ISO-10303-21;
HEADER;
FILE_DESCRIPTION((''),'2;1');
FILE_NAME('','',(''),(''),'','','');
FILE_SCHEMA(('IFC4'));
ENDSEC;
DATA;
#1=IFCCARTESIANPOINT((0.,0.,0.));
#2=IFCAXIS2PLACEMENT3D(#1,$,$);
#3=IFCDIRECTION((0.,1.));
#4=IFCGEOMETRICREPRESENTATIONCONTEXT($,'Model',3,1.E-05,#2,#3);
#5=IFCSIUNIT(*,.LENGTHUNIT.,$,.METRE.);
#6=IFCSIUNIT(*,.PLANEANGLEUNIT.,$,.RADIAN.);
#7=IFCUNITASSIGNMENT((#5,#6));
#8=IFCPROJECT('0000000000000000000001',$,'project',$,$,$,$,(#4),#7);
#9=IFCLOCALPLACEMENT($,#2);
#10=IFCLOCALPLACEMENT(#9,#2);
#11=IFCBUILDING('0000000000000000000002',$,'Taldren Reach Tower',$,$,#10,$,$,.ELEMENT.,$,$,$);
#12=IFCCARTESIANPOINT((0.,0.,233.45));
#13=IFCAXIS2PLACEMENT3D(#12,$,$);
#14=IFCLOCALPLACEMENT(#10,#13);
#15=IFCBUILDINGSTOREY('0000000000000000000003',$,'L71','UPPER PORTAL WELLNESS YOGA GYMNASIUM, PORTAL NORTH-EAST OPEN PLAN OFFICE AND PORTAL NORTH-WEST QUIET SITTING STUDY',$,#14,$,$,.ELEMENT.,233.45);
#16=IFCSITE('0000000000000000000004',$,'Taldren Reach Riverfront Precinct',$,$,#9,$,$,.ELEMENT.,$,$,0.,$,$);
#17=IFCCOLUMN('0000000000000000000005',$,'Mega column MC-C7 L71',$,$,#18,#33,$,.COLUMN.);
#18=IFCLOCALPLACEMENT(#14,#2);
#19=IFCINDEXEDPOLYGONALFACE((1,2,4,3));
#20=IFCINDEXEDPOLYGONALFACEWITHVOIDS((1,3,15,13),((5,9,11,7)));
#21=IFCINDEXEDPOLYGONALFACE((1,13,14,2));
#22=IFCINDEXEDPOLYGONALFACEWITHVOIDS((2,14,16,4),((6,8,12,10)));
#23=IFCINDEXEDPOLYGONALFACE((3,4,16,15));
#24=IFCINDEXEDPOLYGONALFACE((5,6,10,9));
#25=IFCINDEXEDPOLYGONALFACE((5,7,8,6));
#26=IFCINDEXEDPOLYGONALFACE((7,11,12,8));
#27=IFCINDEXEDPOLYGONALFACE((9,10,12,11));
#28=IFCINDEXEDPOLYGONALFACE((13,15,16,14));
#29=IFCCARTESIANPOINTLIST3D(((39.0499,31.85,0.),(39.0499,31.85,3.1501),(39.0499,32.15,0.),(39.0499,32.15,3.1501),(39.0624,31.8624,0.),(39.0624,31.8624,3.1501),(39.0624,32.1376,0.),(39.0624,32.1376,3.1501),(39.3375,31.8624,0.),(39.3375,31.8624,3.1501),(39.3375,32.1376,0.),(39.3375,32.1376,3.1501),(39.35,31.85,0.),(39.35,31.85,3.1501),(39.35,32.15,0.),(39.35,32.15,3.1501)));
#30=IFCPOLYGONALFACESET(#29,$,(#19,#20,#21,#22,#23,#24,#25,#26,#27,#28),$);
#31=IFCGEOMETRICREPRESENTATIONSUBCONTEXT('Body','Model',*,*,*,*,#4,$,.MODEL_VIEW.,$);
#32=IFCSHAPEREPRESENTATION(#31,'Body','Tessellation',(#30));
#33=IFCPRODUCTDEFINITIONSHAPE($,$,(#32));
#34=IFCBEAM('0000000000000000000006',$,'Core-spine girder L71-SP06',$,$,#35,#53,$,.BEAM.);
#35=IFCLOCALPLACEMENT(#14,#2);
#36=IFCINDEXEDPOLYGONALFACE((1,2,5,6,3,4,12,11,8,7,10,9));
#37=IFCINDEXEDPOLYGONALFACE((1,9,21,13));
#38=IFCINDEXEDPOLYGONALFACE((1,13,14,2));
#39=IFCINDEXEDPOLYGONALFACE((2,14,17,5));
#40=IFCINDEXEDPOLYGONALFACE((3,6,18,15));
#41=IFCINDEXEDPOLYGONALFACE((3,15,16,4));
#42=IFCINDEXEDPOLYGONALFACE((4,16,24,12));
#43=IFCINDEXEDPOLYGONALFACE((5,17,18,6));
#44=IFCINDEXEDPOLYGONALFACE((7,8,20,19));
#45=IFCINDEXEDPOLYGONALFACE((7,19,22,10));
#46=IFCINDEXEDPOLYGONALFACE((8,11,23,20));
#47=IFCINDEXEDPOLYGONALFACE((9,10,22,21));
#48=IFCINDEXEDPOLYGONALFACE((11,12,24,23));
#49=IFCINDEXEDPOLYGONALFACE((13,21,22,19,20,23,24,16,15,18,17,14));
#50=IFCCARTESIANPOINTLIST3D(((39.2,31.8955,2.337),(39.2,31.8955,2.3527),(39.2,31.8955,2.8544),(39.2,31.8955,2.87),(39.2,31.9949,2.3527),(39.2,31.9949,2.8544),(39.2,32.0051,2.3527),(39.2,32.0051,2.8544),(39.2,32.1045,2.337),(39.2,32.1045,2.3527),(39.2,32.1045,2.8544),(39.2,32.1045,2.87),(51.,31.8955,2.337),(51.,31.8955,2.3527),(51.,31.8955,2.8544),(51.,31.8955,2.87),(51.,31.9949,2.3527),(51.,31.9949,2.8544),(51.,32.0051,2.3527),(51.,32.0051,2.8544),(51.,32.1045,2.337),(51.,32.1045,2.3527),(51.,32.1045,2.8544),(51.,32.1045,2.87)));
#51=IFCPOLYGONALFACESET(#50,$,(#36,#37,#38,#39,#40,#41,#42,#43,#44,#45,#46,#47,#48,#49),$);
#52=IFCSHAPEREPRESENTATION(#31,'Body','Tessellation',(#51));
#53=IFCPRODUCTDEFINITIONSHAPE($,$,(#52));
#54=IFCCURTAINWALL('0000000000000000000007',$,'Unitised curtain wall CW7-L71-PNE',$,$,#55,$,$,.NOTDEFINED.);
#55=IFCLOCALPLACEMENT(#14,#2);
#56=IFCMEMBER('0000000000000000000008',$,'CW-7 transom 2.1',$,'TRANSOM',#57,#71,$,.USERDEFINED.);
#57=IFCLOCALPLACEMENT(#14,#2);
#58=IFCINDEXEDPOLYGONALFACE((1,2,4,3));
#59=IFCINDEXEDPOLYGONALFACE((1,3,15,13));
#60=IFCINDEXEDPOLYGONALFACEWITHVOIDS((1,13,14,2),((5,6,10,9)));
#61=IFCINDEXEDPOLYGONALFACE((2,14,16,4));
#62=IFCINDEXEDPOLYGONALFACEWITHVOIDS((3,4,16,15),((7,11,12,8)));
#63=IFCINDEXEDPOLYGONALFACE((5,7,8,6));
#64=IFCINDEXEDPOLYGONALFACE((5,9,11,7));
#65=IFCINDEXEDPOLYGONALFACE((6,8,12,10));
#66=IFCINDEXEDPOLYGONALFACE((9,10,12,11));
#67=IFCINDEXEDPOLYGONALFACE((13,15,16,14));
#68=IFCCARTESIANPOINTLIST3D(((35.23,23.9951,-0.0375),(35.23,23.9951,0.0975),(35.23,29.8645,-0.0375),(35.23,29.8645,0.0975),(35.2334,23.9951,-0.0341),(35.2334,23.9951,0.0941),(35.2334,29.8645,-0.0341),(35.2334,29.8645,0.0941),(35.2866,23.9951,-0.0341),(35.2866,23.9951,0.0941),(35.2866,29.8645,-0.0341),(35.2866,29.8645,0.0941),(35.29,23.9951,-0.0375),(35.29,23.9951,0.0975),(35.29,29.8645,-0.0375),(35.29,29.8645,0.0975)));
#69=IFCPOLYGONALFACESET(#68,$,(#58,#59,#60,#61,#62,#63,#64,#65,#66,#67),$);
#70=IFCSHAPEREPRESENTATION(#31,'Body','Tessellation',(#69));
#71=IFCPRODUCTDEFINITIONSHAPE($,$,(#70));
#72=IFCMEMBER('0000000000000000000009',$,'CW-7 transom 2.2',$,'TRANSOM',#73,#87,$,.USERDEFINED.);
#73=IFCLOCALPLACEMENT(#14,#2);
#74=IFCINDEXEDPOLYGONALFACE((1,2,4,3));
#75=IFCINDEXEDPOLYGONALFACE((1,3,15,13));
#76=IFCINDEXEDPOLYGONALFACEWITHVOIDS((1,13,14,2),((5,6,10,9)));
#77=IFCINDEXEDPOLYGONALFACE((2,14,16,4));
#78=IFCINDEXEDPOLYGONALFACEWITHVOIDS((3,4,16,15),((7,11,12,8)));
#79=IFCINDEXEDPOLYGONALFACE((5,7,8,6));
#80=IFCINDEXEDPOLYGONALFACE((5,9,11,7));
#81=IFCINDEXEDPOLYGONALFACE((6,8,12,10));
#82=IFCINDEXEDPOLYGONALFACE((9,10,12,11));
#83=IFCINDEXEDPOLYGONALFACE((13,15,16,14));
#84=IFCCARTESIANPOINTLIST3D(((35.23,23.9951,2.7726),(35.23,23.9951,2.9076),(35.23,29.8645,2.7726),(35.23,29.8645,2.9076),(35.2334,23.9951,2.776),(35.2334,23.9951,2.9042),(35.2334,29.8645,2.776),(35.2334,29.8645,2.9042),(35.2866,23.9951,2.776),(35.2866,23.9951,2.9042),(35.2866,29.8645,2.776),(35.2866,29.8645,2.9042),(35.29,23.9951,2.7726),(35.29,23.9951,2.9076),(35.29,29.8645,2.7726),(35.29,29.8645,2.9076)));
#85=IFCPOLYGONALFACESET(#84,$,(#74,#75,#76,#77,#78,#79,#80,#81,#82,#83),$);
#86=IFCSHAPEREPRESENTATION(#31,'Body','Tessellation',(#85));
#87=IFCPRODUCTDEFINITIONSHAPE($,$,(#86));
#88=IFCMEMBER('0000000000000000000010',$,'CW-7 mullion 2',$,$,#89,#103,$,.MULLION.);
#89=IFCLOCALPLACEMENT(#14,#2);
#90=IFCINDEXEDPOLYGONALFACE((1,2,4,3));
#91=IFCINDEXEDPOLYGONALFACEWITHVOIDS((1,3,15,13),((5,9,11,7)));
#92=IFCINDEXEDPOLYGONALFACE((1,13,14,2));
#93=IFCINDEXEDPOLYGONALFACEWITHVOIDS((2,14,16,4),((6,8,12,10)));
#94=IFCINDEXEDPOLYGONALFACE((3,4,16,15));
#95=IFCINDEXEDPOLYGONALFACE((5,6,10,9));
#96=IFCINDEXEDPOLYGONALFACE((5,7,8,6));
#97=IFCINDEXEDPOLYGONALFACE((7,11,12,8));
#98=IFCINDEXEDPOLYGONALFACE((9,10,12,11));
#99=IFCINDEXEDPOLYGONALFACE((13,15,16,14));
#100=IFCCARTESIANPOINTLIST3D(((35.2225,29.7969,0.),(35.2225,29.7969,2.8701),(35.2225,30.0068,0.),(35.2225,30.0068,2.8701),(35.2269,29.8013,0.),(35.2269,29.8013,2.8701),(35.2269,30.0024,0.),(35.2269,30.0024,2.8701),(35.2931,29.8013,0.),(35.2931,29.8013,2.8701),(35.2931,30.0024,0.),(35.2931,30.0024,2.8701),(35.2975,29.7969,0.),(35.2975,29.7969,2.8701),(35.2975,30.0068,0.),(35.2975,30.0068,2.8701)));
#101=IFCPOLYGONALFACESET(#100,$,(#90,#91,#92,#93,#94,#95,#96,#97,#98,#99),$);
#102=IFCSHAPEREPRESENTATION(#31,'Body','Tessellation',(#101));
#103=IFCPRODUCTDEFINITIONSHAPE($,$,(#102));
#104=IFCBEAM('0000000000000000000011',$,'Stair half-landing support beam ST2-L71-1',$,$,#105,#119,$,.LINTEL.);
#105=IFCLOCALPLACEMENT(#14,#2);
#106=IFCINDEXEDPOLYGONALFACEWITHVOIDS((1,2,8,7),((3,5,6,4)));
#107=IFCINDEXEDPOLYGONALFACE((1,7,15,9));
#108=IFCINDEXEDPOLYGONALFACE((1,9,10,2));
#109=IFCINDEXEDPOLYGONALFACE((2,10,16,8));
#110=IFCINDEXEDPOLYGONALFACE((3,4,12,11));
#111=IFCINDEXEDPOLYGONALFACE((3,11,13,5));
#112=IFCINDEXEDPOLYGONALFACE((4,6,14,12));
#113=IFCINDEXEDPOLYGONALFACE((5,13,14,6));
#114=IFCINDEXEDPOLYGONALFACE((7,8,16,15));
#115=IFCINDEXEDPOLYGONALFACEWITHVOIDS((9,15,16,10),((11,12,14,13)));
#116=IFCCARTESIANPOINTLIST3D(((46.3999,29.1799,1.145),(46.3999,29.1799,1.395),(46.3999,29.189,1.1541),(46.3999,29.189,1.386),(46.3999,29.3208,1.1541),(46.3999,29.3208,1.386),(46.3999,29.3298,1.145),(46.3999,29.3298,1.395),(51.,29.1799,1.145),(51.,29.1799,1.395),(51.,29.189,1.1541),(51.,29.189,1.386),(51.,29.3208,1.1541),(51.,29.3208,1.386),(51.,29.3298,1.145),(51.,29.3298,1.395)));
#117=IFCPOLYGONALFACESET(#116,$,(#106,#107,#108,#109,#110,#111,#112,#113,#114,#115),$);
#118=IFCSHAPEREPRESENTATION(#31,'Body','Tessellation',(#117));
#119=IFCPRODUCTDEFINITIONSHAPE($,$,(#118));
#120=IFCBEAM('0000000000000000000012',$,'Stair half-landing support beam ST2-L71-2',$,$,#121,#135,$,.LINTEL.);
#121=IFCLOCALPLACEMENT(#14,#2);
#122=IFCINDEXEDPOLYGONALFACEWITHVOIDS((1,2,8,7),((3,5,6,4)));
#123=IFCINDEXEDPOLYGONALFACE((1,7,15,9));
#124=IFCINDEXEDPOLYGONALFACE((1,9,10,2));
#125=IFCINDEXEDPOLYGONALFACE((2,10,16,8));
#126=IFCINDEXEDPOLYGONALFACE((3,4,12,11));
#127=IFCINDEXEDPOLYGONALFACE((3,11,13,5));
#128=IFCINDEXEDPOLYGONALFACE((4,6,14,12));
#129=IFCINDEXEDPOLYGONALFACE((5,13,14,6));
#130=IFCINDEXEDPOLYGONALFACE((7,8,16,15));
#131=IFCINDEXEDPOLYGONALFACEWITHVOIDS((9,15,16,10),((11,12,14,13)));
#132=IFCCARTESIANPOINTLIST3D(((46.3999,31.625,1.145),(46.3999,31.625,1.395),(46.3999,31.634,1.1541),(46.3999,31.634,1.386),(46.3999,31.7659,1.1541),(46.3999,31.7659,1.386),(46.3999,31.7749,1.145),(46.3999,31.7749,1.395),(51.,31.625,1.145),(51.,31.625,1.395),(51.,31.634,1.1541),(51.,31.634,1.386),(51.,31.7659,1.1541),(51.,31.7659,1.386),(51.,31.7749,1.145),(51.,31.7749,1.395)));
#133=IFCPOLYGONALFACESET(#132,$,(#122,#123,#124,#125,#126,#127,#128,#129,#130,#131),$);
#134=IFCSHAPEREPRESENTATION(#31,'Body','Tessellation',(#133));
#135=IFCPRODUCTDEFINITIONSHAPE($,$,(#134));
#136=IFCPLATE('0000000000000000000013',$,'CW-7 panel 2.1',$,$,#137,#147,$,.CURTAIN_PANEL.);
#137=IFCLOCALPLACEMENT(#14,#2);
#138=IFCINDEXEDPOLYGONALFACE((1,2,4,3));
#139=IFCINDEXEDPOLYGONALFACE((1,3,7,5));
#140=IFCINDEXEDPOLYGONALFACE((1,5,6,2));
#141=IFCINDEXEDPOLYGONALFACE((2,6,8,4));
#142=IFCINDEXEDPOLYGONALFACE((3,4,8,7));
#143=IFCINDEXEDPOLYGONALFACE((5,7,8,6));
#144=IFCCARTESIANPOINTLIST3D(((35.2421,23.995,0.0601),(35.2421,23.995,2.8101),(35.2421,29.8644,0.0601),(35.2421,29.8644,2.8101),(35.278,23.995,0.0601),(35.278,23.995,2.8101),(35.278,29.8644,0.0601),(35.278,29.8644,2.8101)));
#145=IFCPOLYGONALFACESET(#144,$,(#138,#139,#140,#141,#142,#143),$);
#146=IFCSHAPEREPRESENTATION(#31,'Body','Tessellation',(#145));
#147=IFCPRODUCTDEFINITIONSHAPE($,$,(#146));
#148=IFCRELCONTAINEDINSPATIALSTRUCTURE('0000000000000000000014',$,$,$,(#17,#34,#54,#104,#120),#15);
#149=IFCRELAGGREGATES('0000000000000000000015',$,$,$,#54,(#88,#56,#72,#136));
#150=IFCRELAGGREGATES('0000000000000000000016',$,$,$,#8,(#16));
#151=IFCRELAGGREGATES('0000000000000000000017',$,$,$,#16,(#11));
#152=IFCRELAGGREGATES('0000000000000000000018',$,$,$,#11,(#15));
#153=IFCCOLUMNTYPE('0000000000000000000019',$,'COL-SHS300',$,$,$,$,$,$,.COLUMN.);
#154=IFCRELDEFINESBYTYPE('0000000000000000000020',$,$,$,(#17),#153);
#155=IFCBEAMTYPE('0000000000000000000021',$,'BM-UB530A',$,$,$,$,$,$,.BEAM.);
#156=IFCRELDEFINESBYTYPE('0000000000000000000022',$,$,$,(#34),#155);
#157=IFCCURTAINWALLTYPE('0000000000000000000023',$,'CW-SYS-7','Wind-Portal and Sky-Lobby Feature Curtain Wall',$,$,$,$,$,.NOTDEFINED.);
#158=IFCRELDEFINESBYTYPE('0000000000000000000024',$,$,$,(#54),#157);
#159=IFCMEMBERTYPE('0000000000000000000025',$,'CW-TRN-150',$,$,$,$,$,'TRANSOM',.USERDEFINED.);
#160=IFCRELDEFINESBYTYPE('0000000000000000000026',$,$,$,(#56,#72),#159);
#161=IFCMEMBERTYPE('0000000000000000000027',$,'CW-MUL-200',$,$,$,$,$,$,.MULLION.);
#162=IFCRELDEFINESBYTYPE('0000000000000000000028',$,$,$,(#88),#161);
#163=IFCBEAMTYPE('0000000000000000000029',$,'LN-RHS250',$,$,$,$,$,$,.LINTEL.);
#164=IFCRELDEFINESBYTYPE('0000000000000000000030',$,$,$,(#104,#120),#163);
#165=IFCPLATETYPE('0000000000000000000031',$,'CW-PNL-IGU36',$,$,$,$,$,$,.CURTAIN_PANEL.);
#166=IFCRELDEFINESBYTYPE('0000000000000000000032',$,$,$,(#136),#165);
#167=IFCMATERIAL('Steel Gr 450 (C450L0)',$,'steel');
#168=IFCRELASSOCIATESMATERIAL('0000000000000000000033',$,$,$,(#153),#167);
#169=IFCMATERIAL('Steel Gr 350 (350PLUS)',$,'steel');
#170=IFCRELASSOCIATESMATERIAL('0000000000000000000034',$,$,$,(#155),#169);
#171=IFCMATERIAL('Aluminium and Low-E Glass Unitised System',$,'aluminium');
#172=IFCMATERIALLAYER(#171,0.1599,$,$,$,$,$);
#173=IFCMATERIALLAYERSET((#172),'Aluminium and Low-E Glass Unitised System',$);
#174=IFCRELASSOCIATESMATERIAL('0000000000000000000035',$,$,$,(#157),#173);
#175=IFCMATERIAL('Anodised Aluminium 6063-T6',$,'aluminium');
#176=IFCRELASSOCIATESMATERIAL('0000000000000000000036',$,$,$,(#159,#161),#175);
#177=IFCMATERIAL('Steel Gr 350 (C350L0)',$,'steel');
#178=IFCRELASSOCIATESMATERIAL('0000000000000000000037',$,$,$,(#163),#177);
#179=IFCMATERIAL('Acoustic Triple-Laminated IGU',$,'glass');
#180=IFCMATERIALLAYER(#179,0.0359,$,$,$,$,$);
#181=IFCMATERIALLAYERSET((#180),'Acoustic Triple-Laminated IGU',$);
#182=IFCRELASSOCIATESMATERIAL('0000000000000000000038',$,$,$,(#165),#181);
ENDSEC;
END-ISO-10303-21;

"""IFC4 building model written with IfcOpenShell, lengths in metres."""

from ifc_helpers import new_model, si_unit, direction, frame, origin, origin_2d, place, context, subcontext, project, spatial, rectangle, hollow_rectangle, i_section, extrude, source, transform, mapped, material, layer, layer_set, material_profile, profile_set, type_object, element, aggregate, save


model = new_model("IFC4")

# Units and contexts
model_context = context("Model", 3, precision=1e-05, world=origin(), true_north=direction((0.0, 1.0)))
body_context = subcontext(model_context, "Body", "Model", "MODEL_VIEW")
ifc_project = project(units=[si_unit("LENGTHUNIT", "METRE"), si_unit("PLANEANGLEUNIT", "RADIAN")], contexts=[model_context])

# Site, building, storey
site_placement = place(None, origin())
site = spatial("IfcSite", under=ifc_project, at=site_placement, Name="Taldren Reach Riverfront Precinct", CompositionType="ELEMENT", RefElevation=0.0)
building_placement = place(site_placement, origin())
building = spatial("IfcBuilding", under=site, at=building_placement, Name="Taldren Reach Tower", CompositionType="ELEMENT")
storey_placement = place(building_placement, frame((0.0, 0.0, 233.45)))
storey = spatial("IfcBuildingStorey", under=building, at=storey_placement, Name="L71", Description="UPPER PORTAL WELLNESS YOGA GYMNASIUM, PORTAL NORTH-EAST OPEN PLAN OFFICE AND PORTAL NORTH-WEST QUIET SITTING STUDY", CompositionType="ELEMENT", Elevation=233.45)

# Column
ifc_material_1 = material(Name="Steel Gr 450 (C450L0)", Category="steel")
ifc_material_profile_1 = material_profile(ifc_material_1, hollow_rectangle(XDim=0.3, YDim=0.3, WallThickness=0.0125, at=origin_2d()), Name="300x300x12.5SHS")
ifc_profile_set_1 = profile_set([ifc_material_profile_1], Name="Steel Gr 450 (C450L0)")
column_type = type_object("IfcColumnType", Name="COL-SHS300", PredefinedType="COLUMN", material=ifc_profile_set_1)
shared_shape_1 = source(origin(), body_context, "Body", "SweptSolid", [
    extrude(hollow_rectangle(XDim=0.3, YDim=0.3, WallThickness=0.0125, at=origin_2d()), origin(), (0.0, 0.0, 1.0), 3.1501),
])
column_placement = place(storey_placement, frame((39.2, 32.0, 0.0), z_axis=(0.0, 0.0, 1.0), x_axis=(1.0, 0.0, 0.0)))
element("IfcColumn", 1, at=column_placement, inside=storey, type_object=column_type, Name="Mega column MC-C7 L71", PredefinedType="COLUMN", context=body_context, shape_type="MappedRepresentation", body=[
    mapped(shared_shape_1, transform((0.0, 0.0, 0.0), scale=1.0)),
])

# Beam
ifc_material_2 = material(Name="Steel Gr 350 (350PLUS)", Category="steel")
ifc_material_profile_2 = material_profile(ifc_material_2, i_section(OverallWidth=0.209, OverallDepth=0.533, WebThickness=0.0103, FlangeThickness=0.0156, at=origin_2d()), Name="530UB92.4")
ifc_profile_set_2 = profile_set([ifc_material_profile_2], Name="Steel Gr 350 (350PLUS)")
beam_type_1 = type_object("IfcBeamType", Name="BM-UB530A", PredefinedType="BEAM", material=ifc_profile_set_2)
shared_shape_2 = source(origin(), body_context, "Body", "SweptSolid", [
    extrude(i_section(OverallWidth=0.209, OverallDepth=0.533, WebThickness=0.0103, FlangeThickness=0.0156, at=origin_2d()), origin(), (0.0, 0.0, 1.0), 11.8),
])
beam_placement = place(storey_placement, frame((39.2, 32.0, 2.6035), z_axis=(1.0, 0.0, 0.0), x_axis=(0.0, 1.0, 0.0)))
element("IfcBeam", 2, at=beam_placement, inside=storey, type_object=beam_type_1, Name="Core-spine girder L71-SP06", PredefinedType="BEAM", context=body_context, shape_type="MappedRepresentation", body=[
    mapped(shared_shape_2, transform((0.0, 0.0, 0.0), scale=1.0)),
])

# Curtain wall, members
ifc_material_3 = material(Name="Aluminium and Low-E Glass Unitised System", Category="aluminium")
ifc_layer_1 = layer(ifc_material_3, 0.1599)
ifc_layer_set_1 = layer_set([ifc_layer_1], Name="Aluminium and Low-E Glass Unitised System")
curtain_wall_type = type_object("IfcCurtainWallType", Name="CW-SYS-7", Description="Wind-Portal and Sky-Lobby Feature Curtain Wall", PredefinedType="NOTDEFINED", material=ifc_layer_set_1)
curtain_wall_placement = place(storey_placement, origin())
curtain_wall = element("IfcCurtainWall", 3, at=curtain_wall_placement, inside=storey, type_object=curtain_wall_type, Name="Unitised curtain wall CW7-L71-PNE", PredefinedType="NOTDEFINED")
ifc_material_4 = material(Name="Anodised Aluminium 6063-T6", Category="aluminium")
ifc_material_profile_3 = material_profile(ifc_material_4, hollow_rectangle(XDim=0.0601, YDim=0.135, WallThickness=0.0034, at=origin_2d()), Name="ALU-135x60x3.5RHS")
ifc_profile_set_3 = profile_set([ifc_material_profile_3], Name="Anodised Aluminium 6063-T6")
member_type_1 = type_object("IfcMemberType", Name="CW-TRN-150", ElementType="TRANSOM", PredefinedType="USERDEFINED", material=ifc_profile_set_3)
shared_shape_3 = source(origin(), body_context, "Body", "SweptSolid", [
    extrude(hollow_rectangle(XDim=0.0601, YDim=0.135, WallThickness=0.0034, at=origin_2d()), origin(), (0.0, 0.0, 1.0), 5.8694),
])
member_1_placement = place(storey_placement, frame((35.26, 29.8645, 0.03), z_axis=(0.0, -1.0, 0.0), x_axis=(1.0, 0.0, 0.0)))
member_1 = element("IfcMember", 4, at=member_1_placement, type_object=member_type_1, Name="CW-7 transom 2.1", ObjectType="TRANSOM", PredefinedType="USERDEFINED", context=body_context, shape_type="MappedRepresentation", body=[
    mapped(shared_shape_3, transform((0.0, 0.0, 0.0), scale=1.0)),
])
member_2_placement = place(storey_placement, frame((35.26, 29.8645, 2.8401), z_axis=(0.0, -1.0, 0.0), x_axis=(1.0, 0.0, 0.0)))
member_2 = element("IfcMember", 5, at=member_2_placement, type_object=member_type_1, Name="CW-7 transom 2.2", ObjectType="TRANSOM", PredefinedType="USERDEFINED", context=body_context, shape_type="MappedRepresentation", body=[
    mapped(shared_shape_3, transform((0.0, 0.0, 0.0), scale=1.0)),
])
ifc_material_profile_4 = material_profile(ifc_material_4, hollow_rectangle(XDim=0.075, YDim=0.21, WallThickness=0.0044, at=origin_2d()), Name="ALU-210x75x4.5RHS")
ifc_profile_set_4 = profile_set([ifc_material_profile_4], Name="Anodised Aluminium 6063-T6")
member_type_2 = type_object("IfcMemberType", Name="CW-MUL-200", PredefinedType="MULLION", material=ifc_profile_set_4)
shared_shape_4 = source(origin(), body_context, "Body", "SweptSolid", [
    extrude(hollow_rectangle(XDim=0.075, YDim=0.21, WallThickness=0.0044, at=origin_2d()), origin(), (0.0, 0.0, 1.0), 2.8701),
])
member_3_placement = place(storey_placement, frame((35.26, 29.9019, 0.0), z_axis=(0.0, 0.0, 1.0), x_axis=(1.0, 0.0, 0.0)))
member_3 = element("IfcMember", 6, at=member_3_placement, type_object=member_type_2, Name="CW-7 mullion 2", PredefinedType="MULLION", context=body_context, shape_type="MappedRepresentation", body=[
    mapped(shared_shape_4, transform((0.0, 0.0, 0.0), scale=1.0)),
])

# Beams
ifc_material_5 = material(Name="Steel Gr 350 (C350L0)", Category="steel")
ifc_material_profile_5 = material_profile(ifc_material_5, hollow_rectangle(XDim=0.1499, YDim=0.25, WallThickness=0.009, at=origin_2d()), Name="250x150x9.0RHS")
ifc_profile_set_5 = profile_set([ifc_material_profile_5], Name="Steel Gr 350 (C350L0)")
beam_type_2 = type_object("IfcBeamType", Name="LN-RHS250", PredefinedType="LINTEL", material=ifc_profile_set_5)
shared_shape_5 = source(origin(), body_context, "Body", "SweptSolid", [
    extrude(hollow_rectangle(XDim=0.1499, YDim=0.25, WallThickness=0.009, at=origin_2d()), origin(), (0.0, 0.0, 1.0), 4.6001),
])
for number, where, z_axis, x_axis, name in (
    (7, (46.3999, 29.2549, 1.27), (1.0, 0.0, 0.0), (0.0, 1.0, 0.0), "Stair half-landing support beam ST2-L71-1"),
    (8, (46.3999, 31.7, 1.27), (1.0, 0.0, 0.0), (0.0, 1.0, 0.0), "Stair half-landing support beam ST2-L71-2"),
):
    element("IfcBeam", number, at=place(storey_placement, frame(where, z_axis=z_axis, x_axis=x_axis)), inside=storey, type_object=beam_type_2, Name=name, PredefinedType="LINTEL", context=body_context, shape_type="MappedRepresentation", body=[
        mapped(shared_shape_5, transform((0.0, 0.0, 0.0), scale=1.0)),
    ])

# Plate
ifc_material_6 = material(Name="Acoustic Triple-Laminated IGU", Category="glass")
ifc_layer_2 = layer(ifc_material_6, 0.0359)
ifc_layer_set_2 = layer_set([ifc_layer_2], Name="Acoustic Triple-Laminated IGU")
plate_type = type_object("IfcPlateType", Name="CW-PNL-IGU36", PredefinedType="CURTAIN_PANEL", material=ifc_layer_set_2)
shared_shape_6 = source(origin(), body_context, "Body", "SweptSolid", [
    extrude(rectangle(XDim=5.8694, YDim=0.0359, at=origin_2d()), origin(), (0.0, 0.0, 1.0), 2.75),
])
plate_placement = place(storey_placement, frame((35.26, 26.9297, 0.0601), z_axis=(0.0, 0.0, 1.0), x_axis=(0.0, -1.0, 0.0)))
plate = element("IfcPlate", 9, at=plate_placement, type_object=plate_type, Name="CW-7 panel 2.1", PredefinedType="CURTAIN_PANEL", context=body_context, shape_type="MappedRepresentation", body=[
    mapped(shared_shape_6, transform((0.0, 0.0, 0.0), scale=1.0)),
])
aggregate(curtain_wall, [member_3, member_1, member_2, plate])

save(model, "model.ifc")
